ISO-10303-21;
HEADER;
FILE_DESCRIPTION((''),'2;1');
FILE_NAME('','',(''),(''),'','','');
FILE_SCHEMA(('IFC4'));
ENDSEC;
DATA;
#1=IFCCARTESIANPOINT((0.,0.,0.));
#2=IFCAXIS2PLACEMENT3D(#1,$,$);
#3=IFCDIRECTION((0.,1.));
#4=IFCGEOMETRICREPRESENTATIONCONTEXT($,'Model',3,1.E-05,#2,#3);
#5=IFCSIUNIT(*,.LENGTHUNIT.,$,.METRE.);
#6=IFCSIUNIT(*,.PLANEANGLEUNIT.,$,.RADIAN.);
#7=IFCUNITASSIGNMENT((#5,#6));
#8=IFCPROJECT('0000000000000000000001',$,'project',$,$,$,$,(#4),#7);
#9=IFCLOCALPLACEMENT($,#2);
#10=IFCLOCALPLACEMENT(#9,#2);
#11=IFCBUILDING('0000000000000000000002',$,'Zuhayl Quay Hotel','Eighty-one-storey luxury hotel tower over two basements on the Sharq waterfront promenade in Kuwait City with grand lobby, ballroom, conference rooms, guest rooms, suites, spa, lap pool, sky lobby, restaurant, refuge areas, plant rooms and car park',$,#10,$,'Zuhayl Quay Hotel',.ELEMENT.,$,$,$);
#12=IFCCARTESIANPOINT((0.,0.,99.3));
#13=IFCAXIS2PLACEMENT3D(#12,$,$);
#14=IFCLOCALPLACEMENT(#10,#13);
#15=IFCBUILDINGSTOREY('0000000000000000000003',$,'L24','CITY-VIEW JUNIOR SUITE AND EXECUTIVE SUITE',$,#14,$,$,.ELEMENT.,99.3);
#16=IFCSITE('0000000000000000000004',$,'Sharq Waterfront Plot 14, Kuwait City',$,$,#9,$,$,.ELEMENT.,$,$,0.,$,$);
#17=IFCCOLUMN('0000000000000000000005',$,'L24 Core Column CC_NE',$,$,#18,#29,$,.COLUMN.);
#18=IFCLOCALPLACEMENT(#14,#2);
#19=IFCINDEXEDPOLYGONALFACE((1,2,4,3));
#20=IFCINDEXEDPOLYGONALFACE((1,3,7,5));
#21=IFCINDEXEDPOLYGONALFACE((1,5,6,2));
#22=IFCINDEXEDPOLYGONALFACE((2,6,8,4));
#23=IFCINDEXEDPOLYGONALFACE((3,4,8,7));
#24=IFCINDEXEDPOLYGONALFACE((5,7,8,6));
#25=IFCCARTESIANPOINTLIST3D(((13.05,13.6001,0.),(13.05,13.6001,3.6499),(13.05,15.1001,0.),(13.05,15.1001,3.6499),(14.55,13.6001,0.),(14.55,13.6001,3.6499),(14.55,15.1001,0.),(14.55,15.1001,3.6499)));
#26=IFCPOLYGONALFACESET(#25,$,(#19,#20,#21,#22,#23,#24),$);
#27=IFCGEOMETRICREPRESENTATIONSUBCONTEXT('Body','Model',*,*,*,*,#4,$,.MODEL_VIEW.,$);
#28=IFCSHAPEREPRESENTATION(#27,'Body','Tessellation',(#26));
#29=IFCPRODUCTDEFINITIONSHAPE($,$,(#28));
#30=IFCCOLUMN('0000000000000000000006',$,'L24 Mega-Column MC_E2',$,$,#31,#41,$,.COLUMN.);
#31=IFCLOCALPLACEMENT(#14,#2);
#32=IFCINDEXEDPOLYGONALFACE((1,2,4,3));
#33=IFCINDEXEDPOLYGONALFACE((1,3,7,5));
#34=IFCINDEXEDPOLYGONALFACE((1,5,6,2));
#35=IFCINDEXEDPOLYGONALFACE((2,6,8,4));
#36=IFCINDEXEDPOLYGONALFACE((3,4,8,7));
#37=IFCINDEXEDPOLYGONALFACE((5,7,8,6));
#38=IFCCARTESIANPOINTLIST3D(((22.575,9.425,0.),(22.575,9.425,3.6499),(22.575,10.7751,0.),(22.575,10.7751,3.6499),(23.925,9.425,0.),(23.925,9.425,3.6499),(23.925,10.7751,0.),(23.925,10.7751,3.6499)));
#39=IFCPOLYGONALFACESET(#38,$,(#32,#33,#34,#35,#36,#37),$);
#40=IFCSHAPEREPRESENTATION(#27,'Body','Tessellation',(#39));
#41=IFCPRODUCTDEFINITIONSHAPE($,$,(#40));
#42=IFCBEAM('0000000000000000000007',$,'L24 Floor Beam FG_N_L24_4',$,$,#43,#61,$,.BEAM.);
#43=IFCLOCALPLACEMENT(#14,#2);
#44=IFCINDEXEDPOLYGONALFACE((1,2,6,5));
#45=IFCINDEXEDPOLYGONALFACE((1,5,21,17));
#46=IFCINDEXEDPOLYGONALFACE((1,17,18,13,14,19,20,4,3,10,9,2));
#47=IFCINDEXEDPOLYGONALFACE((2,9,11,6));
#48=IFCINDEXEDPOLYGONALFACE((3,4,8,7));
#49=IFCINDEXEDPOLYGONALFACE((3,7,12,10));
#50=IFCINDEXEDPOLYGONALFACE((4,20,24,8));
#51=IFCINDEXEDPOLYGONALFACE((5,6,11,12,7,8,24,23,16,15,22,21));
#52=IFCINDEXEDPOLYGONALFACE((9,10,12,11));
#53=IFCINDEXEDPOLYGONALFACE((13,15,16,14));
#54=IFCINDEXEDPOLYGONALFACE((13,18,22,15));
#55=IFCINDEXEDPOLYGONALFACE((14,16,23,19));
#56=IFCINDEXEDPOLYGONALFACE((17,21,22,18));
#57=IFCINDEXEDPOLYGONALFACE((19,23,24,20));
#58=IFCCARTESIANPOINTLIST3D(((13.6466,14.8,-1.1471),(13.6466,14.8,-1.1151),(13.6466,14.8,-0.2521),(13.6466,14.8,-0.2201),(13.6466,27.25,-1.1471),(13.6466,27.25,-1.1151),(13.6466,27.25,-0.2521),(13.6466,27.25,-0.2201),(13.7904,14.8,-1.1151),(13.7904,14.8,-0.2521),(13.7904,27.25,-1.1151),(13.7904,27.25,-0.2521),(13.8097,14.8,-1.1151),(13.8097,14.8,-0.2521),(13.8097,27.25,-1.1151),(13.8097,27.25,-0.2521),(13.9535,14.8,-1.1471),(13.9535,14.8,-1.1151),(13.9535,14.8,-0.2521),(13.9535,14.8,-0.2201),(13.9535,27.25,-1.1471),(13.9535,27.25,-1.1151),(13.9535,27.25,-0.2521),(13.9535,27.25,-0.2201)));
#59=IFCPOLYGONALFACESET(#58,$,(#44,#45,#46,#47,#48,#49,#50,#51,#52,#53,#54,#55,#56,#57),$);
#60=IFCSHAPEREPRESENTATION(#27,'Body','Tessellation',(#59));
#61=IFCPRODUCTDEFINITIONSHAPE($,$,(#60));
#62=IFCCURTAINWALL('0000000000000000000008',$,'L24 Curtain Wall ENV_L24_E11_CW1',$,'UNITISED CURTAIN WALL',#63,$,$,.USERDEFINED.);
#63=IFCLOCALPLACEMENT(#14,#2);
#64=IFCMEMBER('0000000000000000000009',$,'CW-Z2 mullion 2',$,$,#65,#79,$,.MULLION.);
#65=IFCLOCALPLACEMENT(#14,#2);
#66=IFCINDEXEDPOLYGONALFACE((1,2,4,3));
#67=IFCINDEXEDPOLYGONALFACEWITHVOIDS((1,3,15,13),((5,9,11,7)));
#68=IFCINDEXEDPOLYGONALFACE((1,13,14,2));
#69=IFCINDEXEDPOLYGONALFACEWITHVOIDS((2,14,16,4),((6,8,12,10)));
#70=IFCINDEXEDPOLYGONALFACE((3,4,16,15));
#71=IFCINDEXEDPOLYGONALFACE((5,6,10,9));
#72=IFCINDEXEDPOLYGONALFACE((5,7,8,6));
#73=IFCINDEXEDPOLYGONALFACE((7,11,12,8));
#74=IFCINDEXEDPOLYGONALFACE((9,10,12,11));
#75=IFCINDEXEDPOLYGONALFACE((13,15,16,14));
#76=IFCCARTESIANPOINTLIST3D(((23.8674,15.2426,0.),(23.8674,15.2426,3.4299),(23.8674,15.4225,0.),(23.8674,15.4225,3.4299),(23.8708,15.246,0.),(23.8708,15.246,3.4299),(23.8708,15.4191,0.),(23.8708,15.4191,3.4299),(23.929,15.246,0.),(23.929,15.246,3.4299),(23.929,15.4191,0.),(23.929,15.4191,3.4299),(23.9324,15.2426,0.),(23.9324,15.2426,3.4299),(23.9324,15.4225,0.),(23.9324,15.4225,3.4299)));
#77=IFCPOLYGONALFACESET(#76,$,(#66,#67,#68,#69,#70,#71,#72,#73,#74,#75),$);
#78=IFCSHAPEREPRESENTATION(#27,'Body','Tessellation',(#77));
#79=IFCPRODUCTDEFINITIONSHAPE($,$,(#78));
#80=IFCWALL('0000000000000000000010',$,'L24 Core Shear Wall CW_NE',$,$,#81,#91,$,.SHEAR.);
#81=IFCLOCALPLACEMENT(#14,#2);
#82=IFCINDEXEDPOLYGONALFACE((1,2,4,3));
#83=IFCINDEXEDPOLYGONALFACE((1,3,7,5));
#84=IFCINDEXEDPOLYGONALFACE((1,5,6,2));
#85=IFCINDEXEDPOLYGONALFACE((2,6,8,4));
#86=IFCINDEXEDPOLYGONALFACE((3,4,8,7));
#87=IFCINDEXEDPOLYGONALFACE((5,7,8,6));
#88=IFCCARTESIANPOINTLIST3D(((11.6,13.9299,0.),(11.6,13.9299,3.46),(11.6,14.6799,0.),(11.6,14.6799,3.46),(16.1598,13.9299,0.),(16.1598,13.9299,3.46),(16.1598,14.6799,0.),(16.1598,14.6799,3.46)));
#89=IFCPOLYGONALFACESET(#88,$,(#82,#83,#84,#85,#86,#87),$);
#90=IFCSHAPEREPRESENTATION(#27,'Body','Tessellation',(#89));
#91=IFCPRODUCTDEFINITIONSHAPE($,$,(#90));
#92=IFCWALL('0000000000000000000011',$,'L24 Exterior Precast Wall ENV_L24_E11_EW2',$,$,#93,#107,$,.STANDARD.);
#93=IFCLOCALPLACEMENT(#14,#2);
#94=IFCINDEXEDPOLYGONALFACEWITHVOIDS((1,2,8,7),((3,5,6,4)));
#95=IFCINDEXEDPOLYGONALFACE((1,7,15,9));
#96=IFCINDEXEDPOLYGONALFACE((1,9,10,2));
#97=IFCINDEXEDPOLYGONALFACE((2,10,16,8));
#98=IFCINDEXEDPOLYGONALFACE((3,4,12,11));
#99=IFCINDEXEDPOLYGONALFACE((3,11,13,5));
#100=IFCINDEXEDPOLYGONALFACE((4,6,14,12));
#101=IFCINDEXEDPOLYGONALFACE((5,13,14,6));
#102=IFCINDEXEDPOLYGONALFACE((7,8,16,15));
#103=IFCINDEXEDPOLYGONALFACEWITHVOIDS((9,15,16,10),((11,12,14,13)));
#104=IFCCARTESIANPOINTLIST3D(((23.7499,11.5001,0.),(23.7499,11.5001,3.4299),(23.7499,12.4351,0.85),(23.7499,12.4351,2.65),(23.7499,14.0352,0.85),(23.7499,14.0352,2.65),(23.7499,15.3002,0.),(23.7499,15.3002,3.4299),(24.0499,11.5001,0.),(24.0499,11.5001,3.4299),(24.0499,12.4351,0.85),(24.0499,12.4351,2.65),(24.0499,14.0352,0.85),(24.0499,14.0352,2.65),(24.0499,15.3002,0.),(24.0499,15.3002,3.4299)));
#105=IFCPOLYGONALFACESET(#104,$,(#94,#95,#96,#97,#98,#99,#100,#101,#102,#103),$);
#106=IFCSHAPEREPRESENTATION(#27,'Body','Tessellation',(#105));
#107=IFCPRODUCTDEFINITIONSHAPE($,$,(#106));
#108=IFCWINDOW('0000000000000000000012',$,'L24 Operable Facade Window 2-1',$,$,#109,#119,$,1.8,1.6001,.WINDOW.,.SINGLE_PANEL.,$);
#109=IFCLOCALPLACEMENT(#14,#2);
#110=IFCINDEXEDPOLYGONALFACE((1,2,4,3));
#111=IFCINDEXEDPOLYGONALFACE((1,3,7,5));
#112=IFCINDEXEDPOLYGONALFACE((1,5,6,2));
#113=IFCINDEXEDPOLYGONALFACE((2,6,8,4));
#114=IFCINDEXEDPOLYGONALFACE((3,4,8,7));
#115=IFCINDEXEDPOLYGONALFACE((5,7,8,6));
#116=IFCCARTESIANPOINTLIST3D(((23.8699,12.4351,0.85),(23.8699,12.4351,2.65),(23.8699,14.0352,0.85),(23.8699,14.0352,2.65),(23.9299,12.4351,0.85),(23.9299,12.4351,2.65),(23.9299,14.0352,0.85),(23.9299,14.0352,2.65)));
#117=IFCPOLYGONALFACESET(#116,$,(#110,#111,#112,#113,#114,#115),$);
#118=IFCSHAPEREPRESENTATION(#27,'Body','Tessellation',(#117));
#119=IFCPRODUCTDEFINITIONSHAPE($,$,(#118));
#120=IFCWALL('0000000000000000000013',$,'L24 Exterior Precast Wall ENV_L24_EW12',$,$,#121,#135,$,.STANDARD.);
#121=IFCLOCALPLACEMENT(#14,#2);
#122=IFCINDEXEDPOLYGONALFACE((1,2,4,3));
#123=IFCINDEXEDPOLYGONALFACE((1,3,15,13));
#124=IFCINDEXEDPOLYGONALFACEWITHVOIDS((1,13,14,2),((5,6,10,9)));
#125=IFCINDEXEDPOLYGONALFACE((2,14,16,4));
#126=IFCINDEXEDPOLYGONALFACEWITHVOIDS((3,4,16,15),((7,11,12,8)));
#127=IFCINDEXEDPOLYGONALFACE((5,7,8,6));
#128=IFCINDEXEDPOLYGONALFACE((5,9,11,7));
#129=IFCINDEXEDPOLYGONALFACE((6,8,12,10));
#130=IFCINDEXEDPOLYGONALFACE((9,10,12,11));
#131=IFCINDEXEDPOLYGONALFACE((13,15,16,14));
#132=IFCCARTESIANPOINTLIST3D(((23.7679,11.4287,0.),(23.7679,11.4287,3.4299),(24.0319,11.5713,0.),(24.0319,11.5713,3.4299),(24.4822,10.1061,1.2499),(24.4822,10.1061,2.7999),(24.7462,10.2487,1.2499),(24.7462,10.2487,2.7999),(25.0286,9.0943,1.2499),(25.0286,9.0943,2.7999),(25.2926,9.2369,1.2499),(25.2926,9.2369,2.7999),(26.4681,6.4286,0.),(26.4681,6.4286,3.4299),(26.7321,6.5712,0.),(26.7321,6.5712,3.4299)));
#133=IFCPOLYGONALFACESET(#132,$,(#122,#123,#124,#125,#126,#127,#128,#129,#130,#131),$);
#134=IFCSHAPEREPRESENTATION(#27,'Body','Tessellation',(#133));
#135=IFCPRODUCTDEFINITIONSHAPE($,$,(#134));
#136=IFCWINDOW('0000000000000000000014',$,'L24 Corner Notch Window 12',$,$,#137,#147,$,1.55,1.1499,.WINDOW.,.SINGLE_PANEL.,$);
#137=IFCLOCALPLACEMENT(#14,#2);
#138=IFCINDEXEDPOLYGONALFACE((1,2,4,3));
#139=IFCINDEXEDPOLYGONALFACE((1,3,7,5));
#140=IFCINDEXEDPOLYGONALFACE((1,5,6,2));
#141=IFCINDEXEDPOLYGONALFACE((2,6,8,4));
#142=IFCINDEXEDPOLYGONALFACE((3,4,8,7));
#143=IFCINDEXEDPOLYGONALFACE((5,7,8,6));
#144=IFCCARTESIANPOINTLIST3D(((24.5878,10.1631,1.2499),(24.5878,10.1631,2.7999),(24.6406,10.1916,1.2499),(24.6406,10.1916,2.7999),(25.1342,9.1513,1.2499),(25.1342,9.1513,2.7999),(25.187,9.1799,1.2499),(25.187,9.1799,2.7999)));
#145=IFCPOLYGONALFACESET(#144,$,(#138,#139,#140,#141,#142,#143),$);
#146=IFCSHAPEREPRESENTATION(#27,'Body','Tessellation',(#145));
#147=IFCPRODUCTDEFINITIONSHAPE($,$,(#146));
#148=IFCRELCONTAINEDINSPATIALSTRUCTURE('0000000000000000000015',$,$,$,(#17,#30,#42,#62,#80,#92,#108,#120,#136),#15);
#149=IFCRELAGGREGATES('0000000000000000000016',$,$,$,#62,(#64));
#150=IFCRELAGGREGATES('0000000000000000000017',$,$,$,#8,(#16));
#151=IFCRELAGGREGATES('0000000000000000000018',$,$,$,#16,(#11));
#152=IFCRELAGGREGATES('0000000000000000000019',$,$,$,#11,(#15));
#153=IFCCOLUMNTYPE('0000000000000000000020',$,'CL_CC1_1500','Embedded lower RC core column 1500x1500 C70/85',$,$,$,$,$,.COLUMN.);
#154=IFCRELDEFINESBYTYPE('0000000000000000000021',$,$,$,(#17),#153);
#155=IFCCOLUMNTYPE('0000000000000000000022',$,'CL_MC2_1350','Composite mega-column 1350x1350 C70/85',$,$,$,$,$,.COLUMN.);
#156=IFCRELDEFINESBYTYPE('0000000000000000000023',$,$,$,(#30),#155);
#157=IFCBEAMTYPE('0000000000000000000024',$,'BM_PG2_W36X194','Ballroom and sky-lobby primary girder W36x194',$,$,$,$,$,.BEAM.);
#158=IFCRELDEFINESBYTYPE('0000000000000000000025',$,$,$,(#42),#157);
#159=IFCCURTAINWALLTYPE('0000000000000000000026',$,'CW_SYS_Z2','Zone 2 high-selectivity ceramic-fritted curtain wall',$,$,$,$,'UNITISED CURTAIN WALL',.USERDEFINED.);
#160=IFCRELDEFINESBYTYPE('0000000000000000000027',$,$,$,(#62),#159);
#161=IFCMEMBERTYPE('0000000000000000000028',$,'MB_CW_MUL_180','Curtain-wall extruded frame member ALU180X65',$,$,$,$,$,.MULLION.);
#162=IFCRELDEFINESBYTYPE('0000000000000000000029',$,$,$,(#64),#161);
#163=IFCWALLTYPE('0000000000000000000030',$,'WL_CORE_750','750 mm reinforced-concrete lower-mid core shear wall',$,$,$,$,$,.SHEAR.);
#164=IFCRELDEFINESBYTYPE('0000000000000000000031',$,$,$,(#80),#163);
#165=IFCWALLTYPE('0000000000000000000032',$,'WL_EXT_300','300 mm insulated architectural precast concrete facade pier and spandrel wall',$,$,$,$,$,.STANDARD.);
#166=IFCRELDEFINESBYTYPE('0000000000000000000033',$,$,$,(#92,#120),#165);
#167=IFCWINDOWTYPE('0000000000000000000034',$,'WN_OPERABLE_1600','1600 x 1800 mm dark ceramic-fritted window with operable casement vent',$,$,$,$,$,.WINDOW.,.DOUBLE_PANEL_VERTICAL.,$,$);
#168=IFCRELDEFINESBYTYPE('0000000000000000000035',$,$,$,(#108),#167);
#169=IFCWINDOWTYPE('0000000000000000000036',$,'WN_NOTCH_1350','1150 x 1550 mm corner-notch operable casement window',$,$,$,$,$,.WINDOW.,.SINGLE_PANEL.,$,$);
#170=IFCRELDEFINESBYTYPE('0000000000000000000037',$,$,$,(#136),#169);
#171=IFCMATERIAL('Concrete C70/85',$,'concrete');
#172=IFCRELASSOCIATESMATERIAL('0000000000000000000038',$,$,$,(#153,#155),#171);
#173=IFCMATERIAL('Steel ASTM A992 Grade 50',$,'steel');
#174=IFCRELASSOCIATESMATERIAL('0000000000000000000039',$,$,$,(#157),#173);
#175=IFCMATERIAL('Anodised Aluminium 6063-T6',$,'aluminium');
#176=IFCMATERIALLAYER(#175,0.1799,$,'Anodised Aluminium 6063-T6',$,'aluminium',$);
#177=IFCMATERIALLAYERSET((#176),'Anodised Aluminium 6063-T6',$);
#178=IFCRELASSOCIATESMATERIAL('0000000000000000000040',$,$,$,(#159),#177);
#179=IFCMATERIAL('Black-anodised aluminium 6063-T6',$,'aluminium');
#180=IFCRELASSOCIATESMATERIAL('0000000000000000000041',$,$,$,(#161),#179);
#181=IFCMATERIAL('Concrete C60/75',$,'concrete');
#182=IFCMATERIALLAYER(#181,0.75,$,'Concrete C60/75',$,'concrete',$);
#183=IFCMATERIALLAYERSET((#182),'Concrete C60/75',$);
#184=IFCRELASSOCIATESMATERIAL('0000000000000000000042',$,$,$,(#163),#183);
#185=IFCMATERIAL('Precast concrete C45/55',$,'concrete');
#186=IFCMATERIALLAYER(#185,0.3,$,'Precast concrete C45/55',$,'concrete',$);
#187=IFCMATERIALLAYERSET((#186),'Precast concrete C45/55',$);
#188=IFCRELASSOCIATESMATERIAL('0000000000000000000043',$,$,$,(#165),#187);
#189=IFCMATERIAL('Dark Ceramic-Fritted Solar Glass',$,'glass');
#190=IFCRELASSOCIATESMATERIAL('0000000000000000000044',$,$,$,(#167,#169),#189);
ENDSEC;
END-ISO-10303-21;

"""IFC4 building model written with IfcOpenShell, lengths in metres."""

from ifc_helpers import new_model, si_unit, direction, frame, frame_2d, origin, origin_2d, place, context, subcontext, project, spatial, rectangle, hollow_rectangle, i_section, extrude, material, layer, layer_set, material_profile, profile_set, type_object, element, fill, aggregate, save


model = new_model("IFC4")

# Units and contexts
model_context = context("Model", 3, precision=1e-05, world=origin(), true_north=direction((0.0, 1.0)))
body_context = subcontext(model_context, "Body", "Model", "MODEL_VIEW")
ifc_project = project(units=[si_unit("LENGTHUNIT", "METRE"), si_unit("PLANEANGLEUNIT", "RADIAN")], contexts=[model_context])

# Site, building, storey
site_placement = place(None, origin())
site = spatial("IfcSite", under=ifc_project, at=site_placement, Name="Sharq Waterfront Plot 14, Kuwait City", CompositionType="ELEMENT", RefElevation=0.0)
building_placement = place(site_placement, origin())
building = spatial("IfcBuilding", under=site, at=building_placement, Name="Zuhayl Quay Hotel", Description="Eighty-one-storey luxury hotel tower over two basements on the Sharq waterfront promenade in Kuwait City with grand lobby, ballroom, conference rooms, guest rooms, suites, spa, lap pool, sky lobby, restaurant, refuge areas, plant rooms and car park", LongName="Zuhayl Quay Hotel", CompositionType="ELEMENT")
storey_placement = place(building_placement, frame((0.0, 0.0, 99.3)))
storey = spatial("IfcBuildingStorey", under=building, at=storey_placement, Name="L24", Description="CITY-VIEW JUNIOR SUITE AND EXECUTIVE SUITE", CompositionType="ELEMENT", Elevation=99.3)

# Columns
ifc_material_1 = material(Name="Concrete C70/85", Category="concrete")
ifc_material_profile_1 = material_profile(ifc_material_1, rectangle(XDim=1.5, YDim=1.5, at=origin_2d()), Name="RC1500X1500")
ifc_profile_set_1 = profile_set([ifc_material_profile_1], Name="Concrete C70/85")
column_type_1 = type_object("IfcColumnType", Name="CL_CC1_1500", Description="Embedded lower RC core column 1500x1500 C70/85", PredefinedType="COLUMN", material=ifc_profile_set_1)
column_1_placement = place(storey_placement, frame((13.8, 14.3501, 0.0), z_axis=(0.0, 0.0, 1.0), x_axis=(1.0, 0.0, 0.0)))
element("IfcColumn", 1, at=column_1_placement, inside=storey, type_object=column_type_1, Name="L24 Core Column CC_NE", PredefinedType="COLUMN", context=body_context, shape_type="SweptSolid", body=[
    extrude(rectangle(XDim=1.5, YDim=1.5, at=origin_2d()), origin(), (0.0, 0.0, 1.0), 3.6499),
])
ifc_material_profile_2 = material_profile(ifc_material_1, rectangle(XDim=1.3501, YDim=1.3501, at=origin_2d()), Name="RC1350X1350")
ifc_profile_set_2 = profile_set([ifc_material_profile_2], Name="Concrete C70/85")
column_type_2 = type_object("IfcColumnType", Name="CL_MC2_1350", Description="Composite mega-column 1350x1350 C70/85", PredefinedType="COLUMN", material=ifc_profile_set_2)
column_2_placement = place(storey_placement, frame((23.25, 10.1001, 0.0), z_axis=(0.0, 0.0, 1.0), x_axis=(1.0, 0.0, 0.0)))
element("IfcColumn", 2, at=column_2_placement, inside=storey, type_object=column_type_2, Name="L24 Mega-Column MC_E2", PredefinedType="COLUMN", context=body_context, shape_type="SweptSolid", body=[
    extrude(rectangle(XDim=1.3501, YDim=1.3501, at=origin_2d()), origin(), (0.0, 0.0, 1.0), 3.6499),
])

# Beam
ifc_material_2 = material(Name="Steel ASTM A992 Grade 50", Category="steel")
ifc_material_profile_3 = material_profile(ifc_material_2, i_section(OverallWidth=0.3069, OverallDepth=0.927, WebThickness=0.0193, FlangeThickness=0.032, at=origin_2d()), Name="W36X194")
ifc_profile_set_3 = profile_set([ifc_material_profile_3], Name="Steel ASTM A992 Grade 50")
beam_type = type_object("IfcBeamType", Name="BM_PG2_W36X194", Description="Ballroom and sky-lobby primary girder W36x194", PredefinedType="BEAM", material=ifc_profile_set_3)
beam_placement = place(storey_placement, frame((13.8, 14.8, -0.6836), z_axis=(0.0, 1.0, 0.0), x_axis=(-1.0, 0.0, 0.0)))
element("IfcBeam", 3, at=beam_placement, inside=storey, type_object=beam_type, Name="L24 Floor Beam FG_N_L24_4", PredefinedType="BEAM", context=body_context, shape_type="SweptSolid", body=[
    extrude(i_section(OverallWidth=0.3069, OverallDepth=0.927, WebThickness=0.0193, FlangeThickness=0.032, at=origin_2d()), origin(), (0.0, 0.0, 1.0), 12.45),
])

# Curtain wall, member
ifc_material_3 = material(Name="Anodised Aluminium 6063-T6", Category="aluminium")
ifc_layer_1 = layer(ifc_material_3, 0.1799, Name="Anodised Aluminium 6063-T6", Category="aluminium")
ifc_layer_set_1 = layer_set([ifc_layer_1], Name="Anodised Aluminium 6063-T6")
curtain_wall_type = type_object("IfcCurtainWallType", Name="CW_SYS_Z2", Description="Zone 2 high-selectivity ceramic-fritted curtain wall", ElementType="UNITISED CURTAIN WALL", PredefinedType="USERDEFINED", material=ifc_layer_set_1)
curtain_wall_placement = place(storey_placement, origin())
curtain_wall = element("IfcCurtainWall", 4, at=curtain_wall_placement, inside=storey, type_object=curtain_wall_type, Name="L24 Curtain Wall ENV_L24_E11_CW1", ObjectType="UNITISED CURTAIN WALL", PredefinedType="USERDEFINED")
ifc_material_4 = material(Name="Black-anodised aluminium 6063-T6", Category="aluminium")
ifc_material_profile_4 = material_profile(ifc_material_4, hollow_rectangle(XDim=0.0649, YDim=0.1799, WallThickness=0.0034, at=origin_2d()), Name="ALU180X65")
ifc_profile_set_4 = profile_set([ifc_material_profile_4], Name="Black-anodised aluminium 6063-T6")
member_type = type_object("IfcMemberType", Name="MB_CW_MUL_180", Description="Curtain-wall extruded frame member ALU180X65", PredefinedType="MULLION", material=ifc_profile_set_4)
member_placement = place(storey_placement, frame((23.8999, 15.3325, 0.0), z_axis=(0.0, 0.0, 1.0), x_axis=(1.0, 0.0, 0.0)))
member = element("IfcMember", 5, at=member_placement, type_object=member_type, Name="CW-Z2 mullion 2", PredefinedType="MULLION", context=body_context, shape_type="SweptSolid", body=[
    extrude(hollow_rectangle(XDim=0.0649, YDim=0.1799, WallThickness=0.0034, at=origin_2d()), origin(), (0.0, 0.0, 1.0), 3.4299),
])
aggregate(curtain_wall, [member])

# Wall
ifc_material_5 = material(Name="Concrete C60/75", Category="concrete")
ifc_layer_2 = layer(ifc_material_5, 0.75, Name="Concrete C60/75", Category="concrete")
ifc_layer_set_2 = layer_set([ifc_layer_2], Name="Concrete C60/75")
wall_type_1 = type_object("IfcWallType", Name="WL_CORE_750", Description="750 mm reinforced-concrete lower-mid core shear wall", PredefinedType="SHEAR", material=ifc_layer_set_2)
wall_1_placement = place(storey_placement, frame((11.6001, 14.3049, 0.0), z_axis=(0.0, 0.0, 1.0), x_axis=(1.0, 0.0, 0.0)))
element("IfcWall", 6, at=wall_1_placement, inside=storey, type_object=wall_type_1, Name="L24 Core Shear Wall CW_NE", PredefinedType="SHEAR", context=body_context, shape_type="SweptSolid", body=[
    extrude(rectangle(XDim=4.5598, YDim=0.75, at=frame_2d((2.2798, 0.0))), origin(), (0.0, 0.0, 1.0), 3.46),
])

# Walls, openings, windows
ifc_material_6 = material(Name="Precast concrete C45/55", Category="concrete")
ifc_layer_3 = layer(ifc_material_6, 0.3, Name="Precast concrete C45/55", Category="concrete")
ifc_layer_set_3 = layer_set([ifc_layer_3], Name="Precast concrete C45/55")
wall_type_2 = type_object("IfcWallType", Name="WL_EXT_300", Description="300 mm insulated architectural precast concrete facade pier and spandrel wall", PredefinedType="STANDARD", material=ifc_layer_set_3)
wall_2_placement = place(storey_placement, frame((23.8999, 15.3, 0.0), z_axis=(0.0, 0.0, 1.0), x_axis=(0.0, -1.0, 0.0)))
wall_2 = element("IfcWall", 7, at=wall_2_placement, inside=storey, type_object=wall_type_2, Name="L24 Exterior Precast Wall ENV_L24_E11_EW2", PredefinedType="STANDARD", context=body_context, shape_type="SweptSolid", body=[
    extrude(rectangle(XDim=3.8, YDim=0.3, at=frame_2d((1.8999, 0.0))), origin(), (0.0, 0.0, 1.0), 3.4299),
])
opening_1_placement = place(wall_2_placement, frame((1.2649, 0.0, 0.8501)))
opening_1 = element("IfcOpeningElement", 8, at=opening_1_placement, cuts=wall_2, PredefinedType="OPENING", context=body_context, shape_type="SweptSolid", body=[
    extrude(rectangle(XDim=1.6001, YDim=1.8, at=frame_2d((0.8, 0.8999))), frame((0.0, 0.1599, 0.0), z_axis=(0.0, -1.0, 0.0), x_axis=(1.0, 0.0, 0.0)), (0.0, 0.0, 1.0), 0.3201),
])
ifc_material_7 = material(Name="Dark Ceramic-Fritted Solar Glass", Category="glass")
window_type_1 = type_object("IfcWindowType", Name="WN_OPERABLE_1600", Description="1600 x 1800 mm dark ceramic-fritted window with operable casement vent", PartitioningType="DOUBLE_PANEL_VERTICAL", PredefinedType="WINDOW", material=ifc_material_7)
window_1_placement = place(opening_1_placement, origin())
window_1 = element("IfcWindow", 9, at=window_1_placement, inside=storey, type_object=window_type_1, Name="L24 Operable Facade Window 2-1", OverallHeight=1.8, OverallWidth=1.6001, PartitioningType="SINGLE_PANEL", PredefinedType="WINDOW", context=body_context, shape_type="SweptSolid", body=[
    extrude(rectangle(XDim=1.6001, YDim=1.8, at=frame_2d((0.8, 0.8999))), frame((0.0, 0.03, 0.0), z_axis=(0.0, -1.0, 0.0), x_axis=(1.0, 0.0, 0.0)), (0.0, 0.0, 1.0), 0.0601),
])
fill(opening_1, window_1)
wall_3_placement = place(storey_placement, frame((23.8999, 11.5, 0.0), z_axis=(0.0, 0.0, 1.0), x_axis=(0.475176, -0.879891, 0.0)))
wall_3 = element("IfcWall", 10, at=wall_3_placement, inside=storey, type_object=wall_type_2, Name="L24 Exterior Precast Wall ENV_L24_EW12", PredefinedType="STANDARD", context=body_context, shape_type="SweptSolid", body=[
    extrude(rectangle(XDim=5.6826, YDim=0.3, at=frame_2d((2.8413, 0.0))), origin(), (0.0, 0.0, 1.0), 3.4299),
])
opening_2_placement = place(wall_3_placement, frame((1.5032, 0.0, 1.25)))
opening_2 = element("IfcOpeningElement", 11, at=opening_2_placement, cuts=wall_3, PredefinedType="OPENING", context=body_context, shape_type="SweptSolid", body=[
    extrude(rectangle(XDim=1.1499, YDim=1.55, at=frame_2d((0.575, 0.7749))), frame((0.0, 0.1599, 0.0), z_axis=(0.0, -1.0, 0.0), x_axis=(1.0, 0.0, 0.0)), (0.0, 0.0, 1.0), 0.3201),
])
window_type_2 = type_object("IfcWindowType", Name="WN_NOTCH_1350", Description="1150 x 1550 mm corner-notch operable casement window", PartitioningType="SINGLE_PANEL", PredefinedType="WINDOW", material=ifc_material_7)
window_2_placement = place(opening_2_placement, origin())
window_2 = element("IfcWindow", 12, at=window_2_placement, inside=storey, type_object=window_type_2, Name="L24 Corner Notch Window 12", OverallHeight=1.55, OverallWidth=1.1499, PartitioningType="SINGLE_PANEL", PredefinedType="WINDOW", context=body_context, shape_type="SweptSolid", body=[
    extrude(rectangle(XDim=1.1499, YDim=1.55, at=frame_2d((0.575, 0.7749))), frame((0.0, 0.03, 0.0), z_axis=(0.0, -1.0, 0.0), x_axis=(1.0, 0.0, 0.0)), (0.0, 0.0, 1.0), 0.0601),
])
fill(opening_2, window_2)

save(model, "model.ifc")
